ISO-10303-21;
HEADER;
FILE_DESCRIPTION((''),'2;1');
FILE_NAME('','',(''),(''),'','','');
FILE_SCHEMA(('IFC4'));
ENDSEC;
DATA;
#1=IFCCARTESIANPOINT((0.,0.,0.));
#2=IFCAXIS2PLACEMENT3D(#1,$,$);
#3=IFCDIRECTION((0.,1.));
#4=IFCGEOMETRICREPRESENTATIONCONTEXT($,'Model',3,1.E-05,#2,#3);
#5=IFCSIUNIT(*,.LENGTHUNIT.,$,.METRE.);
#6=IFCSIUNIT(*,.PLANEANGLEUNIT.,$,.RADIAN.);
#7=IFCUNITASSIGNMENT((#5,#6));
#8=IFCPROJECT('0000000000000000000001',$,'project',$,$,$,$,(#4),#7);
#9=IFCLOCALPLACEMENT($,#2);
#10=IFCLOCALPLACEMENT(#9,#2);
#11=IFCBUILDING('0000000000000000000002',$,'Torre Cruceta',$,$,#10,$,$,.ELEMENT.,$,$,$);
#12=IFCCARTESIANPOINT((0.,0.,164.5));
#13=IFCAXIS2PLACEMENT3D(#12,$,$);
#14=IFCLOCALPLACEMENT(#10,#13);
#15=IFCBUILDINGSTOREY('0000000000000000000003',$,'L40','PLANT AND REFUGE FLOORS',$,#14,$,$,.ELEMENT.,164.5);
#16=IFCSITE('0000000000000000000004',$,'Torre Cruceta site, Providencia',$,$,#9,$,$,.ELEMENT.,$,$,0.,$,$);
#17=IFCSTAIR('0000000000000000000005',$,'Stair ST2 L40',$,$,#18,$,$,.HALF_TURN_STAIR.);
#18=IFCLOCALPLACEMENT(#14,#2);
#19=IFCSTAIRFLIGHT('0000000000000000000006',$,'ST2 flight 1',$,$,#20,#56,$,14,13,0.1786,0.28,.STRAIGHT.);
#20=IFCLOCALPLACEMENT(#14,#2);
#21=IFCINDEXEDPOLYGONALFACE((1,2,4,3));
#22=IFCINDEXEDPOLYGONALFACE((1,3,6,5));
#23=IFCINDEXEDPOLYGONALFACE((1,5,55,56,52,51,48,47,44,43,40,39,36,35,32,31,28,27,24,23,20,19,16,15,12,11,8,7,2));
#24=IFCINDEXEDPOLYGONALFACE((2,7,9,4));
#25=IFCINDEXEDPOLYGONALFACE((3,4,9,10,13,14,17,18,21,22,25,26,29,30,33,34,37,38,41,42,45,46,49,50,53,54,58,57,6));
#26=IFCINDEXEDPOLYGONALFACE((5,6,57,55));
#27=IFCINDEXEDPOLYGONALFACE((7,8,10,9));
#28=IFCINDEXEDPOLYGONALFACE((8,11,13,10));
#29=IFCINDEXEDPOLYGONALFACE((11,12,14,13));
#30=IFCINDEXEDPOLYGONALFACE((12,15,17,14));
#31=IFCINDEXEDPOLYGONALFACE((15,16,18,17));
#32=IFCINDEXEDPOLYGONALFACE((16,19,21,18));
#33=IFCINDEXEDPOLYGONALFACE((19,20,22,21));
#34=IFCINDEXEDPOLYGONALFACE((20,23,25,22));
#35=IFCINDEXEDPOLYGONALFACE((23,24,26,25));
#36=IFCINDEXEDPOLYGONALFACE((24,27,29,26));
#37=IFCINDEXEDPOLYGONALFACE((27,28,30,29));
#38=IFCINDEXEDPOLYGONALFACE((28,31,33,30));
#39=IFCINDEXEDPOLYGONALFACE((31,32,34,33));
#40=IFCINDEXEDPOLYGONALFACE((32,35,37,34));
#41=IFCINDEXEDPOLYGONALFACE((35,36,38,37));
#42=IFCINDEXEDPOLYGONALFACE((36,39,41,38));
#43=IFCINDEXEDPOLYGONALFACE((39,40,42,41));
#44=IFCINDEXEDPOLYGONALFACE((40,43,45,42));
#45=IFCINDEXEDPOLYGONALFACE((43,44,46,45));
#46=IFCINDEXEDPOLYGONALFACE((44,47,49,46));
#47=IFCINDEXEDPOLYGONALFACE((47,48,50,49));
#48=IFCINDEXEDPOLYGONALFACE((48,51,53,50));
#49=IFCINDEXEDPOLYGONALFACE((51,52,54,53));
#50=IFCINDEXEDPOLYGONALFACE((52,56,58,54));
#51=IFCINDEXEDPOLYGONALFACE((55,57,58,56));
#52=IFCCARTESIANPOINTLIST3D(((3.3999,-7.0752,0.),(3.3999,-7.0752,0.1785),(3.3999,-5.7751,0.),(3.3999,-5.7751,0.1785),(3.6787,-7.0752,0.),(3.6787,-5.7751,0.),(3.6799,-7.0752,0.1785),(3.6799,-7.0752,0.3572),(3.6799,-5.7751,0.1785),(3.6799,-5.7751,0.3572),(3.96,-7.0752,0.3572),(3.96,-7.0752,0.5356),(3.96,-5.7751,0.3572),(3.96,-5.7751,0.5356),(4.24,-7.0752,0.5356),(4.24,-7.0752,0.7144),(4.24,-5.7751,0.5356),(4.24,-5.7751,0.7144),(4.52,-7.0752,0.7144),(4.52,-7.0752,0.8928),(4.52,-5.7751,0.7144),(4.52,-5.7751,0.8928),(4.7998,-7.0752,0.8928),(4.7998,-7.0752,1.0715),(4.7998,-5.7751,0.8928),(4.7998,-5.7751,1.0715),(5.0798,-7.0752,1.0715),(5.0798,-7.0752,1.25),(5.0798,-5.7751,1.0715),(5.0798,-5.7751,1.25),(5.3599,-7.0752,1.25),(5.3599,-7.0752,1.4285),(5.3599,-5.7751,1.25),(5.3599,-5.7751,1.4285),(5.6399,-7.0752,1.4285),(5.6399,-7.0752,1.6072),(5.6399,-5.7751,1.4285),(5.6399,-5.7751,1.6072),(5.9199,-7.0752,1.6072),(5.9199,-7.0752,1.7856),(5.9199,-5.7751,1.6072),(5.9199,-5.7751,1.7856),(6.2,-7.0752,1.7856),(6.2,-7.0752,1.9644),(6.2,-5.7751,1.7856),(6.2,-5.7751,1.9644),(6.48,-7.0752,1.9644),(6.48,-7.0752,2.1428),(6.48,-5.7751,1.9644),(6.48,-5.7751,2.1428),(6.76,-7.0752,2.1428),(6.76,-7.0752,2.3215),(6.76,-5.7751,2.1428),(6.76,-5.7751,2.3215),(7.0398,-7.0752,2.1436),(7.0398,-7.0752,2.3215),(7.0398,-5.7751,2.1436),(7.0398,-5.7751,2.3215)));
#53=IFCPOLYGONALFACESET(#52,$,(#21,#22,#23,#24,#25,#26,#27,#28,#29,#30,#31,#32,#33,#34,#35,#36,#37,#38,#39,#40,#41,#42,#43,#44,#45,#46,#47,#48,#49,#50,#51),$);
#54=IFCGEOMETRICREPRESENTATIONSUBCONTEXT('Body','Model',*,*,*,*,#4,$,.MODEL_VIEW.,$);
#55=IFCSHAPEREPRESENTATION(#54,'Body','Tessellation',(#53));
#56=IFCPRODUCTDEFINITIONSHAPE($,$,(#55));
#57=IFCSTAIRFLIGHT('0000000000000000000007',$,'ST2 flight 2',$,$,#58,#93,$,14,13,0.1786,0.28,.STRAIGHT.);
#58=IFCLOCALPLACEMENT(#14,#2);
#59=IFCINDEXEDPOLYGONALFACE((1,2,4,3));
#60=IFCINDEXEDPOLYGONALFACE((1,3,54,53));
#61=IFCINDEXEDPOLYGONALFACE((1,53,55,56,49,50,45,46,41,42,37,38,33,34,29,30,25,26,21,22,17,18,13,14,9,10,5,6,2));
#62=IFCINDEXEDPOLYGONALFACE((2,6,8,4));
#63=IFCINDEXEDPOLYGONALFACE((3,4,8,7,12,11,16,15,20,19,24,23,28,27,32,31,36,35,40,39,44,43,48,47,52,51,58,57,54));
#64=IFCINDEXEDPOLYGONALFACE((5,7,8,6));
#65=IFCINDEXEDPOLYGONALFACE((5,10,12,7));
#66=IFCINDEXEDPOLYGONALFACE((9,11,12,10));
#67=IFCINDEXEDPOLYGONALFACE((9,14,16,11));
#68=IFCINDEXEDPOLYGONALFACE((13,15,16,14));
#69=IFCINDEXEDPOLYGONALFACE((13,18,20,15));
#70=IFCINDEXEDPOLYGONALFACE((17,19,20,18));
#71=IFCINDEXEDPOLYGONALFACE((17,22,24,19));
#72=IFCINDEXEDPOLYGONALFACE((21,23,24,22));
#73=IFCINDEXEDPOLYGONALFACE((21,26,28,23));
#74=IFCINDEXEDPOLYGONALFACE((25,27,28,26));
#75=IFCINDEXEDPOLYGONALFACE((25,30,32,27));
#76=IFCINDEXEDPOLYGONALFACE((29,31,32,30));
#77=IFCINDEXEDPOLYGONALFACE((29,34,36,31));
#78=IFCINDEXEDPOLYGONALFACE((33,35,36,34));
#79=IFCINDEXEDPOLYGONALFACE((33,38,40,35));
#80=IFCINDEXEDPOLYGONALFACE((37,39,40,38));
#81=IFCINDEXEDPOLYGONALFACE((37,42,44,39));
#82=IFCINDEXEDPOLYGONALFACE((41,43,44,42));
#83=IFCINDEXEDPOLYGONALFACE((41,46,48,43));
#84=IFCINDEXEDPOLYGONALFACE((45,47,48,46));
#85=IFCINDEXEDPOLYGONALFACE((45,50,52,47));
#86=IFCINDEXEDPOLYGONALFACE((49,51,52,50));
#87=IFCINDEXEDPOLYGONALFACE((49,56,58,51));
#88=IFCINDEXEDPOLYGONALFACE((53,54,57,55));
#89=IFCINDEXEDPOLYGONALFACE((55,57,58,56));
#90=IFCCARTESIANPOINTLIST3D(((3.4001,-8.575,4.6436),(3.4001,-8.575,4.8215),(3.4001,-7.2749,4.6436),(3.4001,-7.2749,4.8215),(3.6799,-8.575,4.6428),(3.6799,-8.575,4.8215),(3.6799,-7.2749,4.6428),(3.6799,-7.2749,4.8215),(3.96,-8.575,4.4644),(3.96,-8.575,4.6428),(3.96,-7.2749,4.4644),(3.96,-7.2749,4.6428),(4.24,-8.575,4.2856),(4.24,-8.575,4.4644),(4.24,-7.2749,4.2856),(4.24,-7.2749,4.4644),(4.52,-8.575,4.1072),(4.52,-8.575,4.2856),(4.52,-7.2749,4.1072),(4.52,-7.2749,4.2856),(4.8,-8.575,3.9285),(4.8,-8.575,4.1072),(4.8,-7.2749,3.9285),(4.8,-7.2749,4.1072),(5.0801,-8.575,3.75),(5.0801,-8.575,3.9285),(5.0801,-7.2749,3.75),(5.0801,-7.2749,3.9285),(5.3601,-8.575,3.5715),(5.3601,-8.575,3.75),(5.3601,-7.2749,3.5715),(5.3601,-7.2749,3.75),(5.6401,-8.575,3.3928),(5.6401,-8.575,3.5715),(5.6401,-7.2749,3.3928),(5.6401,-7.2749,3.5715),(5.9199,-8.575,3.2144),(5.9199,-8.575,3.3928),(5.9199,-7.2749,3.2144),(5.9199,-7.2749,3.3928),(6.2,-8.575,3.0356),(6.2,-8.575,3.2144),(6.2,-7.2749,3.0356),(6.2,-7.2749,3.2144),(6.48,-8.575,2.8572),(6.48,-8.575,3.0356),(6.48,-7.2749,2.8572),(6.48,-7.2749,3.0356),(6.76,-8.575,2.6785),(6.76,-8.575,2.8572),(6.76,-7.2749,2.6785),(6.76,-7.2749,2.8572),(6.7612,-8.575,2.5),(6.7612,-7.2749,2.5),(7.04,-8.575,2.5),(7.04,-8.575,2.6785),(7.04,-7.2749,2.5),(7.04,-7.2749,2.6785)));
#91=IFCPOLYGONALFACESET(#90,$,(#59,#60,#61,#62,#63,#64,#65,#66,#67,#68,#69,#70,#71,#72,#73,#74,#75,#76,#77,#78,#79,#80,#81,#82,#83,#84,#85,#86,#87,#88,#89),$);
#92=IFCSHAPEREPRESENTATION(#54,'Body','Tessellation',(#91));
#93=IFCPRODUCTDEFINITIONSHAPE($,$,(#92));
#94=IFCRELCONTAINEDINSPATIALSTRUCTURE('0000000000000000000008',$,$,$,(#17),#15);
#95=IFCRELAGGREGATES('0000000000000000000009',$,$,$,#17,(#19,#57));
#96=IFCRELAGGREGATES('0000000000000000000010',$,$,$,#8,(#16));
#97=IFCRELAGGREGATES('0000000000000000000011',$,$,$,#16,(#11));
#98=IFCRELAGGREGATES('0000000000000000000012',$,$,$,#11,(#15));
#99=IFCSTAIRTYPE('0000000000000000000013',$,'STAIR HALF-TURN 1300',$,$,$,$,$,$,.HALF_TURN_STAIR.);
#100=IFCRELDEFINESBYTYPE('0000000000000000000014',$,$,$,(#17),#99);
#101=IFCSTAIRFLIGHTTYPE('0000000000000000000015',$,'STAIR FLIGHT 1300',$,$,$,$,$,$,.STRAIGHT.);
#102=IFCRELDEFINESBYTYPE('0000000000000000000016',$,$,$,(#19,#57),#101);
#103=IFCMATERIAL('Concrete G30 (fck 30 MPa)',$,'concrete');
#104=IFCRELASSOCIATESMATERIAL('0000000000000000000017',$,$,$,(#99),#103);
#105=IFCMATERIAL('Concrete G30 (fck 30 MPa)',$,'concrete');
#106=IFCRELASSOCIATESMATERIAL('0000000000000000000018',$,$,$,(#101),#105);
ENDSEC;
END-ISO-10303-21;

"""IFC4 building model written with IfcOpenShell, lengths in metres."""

from ifc_helpers import new_model, si_unit, direction, frame, origin, place, context, subcontext, project, spatial, polyline, outline, extrude, material, type_object, element, aggregate, save


model = new_model("IFC4")

# Units and contexts
model_context = context("Model", 3, precision=1e-05, world=origin(), true_north=direction((0.0, 1.0)))
body_context = subcontext(model_context, "Body", "Model", "MODEL_VIEW")
ifc_project = project(units=[si_unit("LENGTHUNIT", "METRE"), si_unit("PLANEANGLEUNIT", "RADIAN")], contexts=[model_context])

# Site, building, storey
site_placement = place(None, origin())
site = spatial("IfcSite", under=ifc_project, at=site_placement, Name="Torre Cruceta site, Providencia", CompositionType="ELEMENT", RefElevation=0.0)
building_placement = place(site_placement, origin())
building = spatial("IfcBuilding", under=site, at=building_placement, Name="Torre Cruceta", CompositionType="ELEMENT")
storey_placement = place(building_placement, frame((0.0, 0.0, 164.5)))
storey = spatial("IfcBuildingStorey", under=building, at=storey_placement, Name="L40", Description="PLANT AND REFUGE FLOORS", CompositionType="ELEMENT", Elevation=164.5)

# Stair, stair flights
ifc_material_1 = material(Name="Concrete G30 (fck 30 MPa)", Category="concrete")
stair_type = type_object("IfcStairType", Name="STAIR HALF-TURN 1300", PredefinedType="HALF_TURN_STAIR", material=ifc_material_1)
stair_placement = place(storey_placement, origin())
stair = element("IfcStair", 1, at=stair_placement, inside=storey, type_object=stair_type, Name="Stair ST2 L40", PredefinedType="HALF_TURN_STAIR")
ifc_material_2 = material(Name="Concrete G30 (fck 30 MPa)", Category="concrete")
stair_flight_type = type_object("IfcStairFlightType", Name="STAIR FLIGHT 1300", PredefinedType="STRAIGHT", material=ifc_material_2)
stair_flight_1_placement = place(storey_placement, frame((3.3999, -6.425, 0.0), z_axis=(0.0, 0.0, 1.0), x_axis=(1.0, 0.0, 0.0)))
stair_flight_1 = element("IfcStairFlight", 2, at=stair_flight_1_placement, type_object=stair_flight_type, Name="ST2 flight 1", NumberOfRisers=14, NumberOfTreads=13, PredefinedType="STRAIGHT", RiserHeight=0.1786, TreadLength=0.28, context=body_context, shape_type="SweptSolid", body=[
    extrude(outline(polyline([(0.0, 0.0), (0.0, 0.1785), (0.28, 0.1785), (0.28, 0.3572), (0.5601, 0.3572), (0.5601, 0.5356), (0.8401, 0.5356), (0.8401, 0.7144), (1.1201, 0.7144), (1.1201, 0.8928), (1.3999, 0.8928), (1.3999, 1.0715), (1.6799, 1.0715), (1.6799, 1.25), (1.96, 1.25), (1.96, 1.4285), (2.24, 1.4285), (2.24, 1.6072), (2.52, 1.6072), (2.52, 1.7856), (2.8, 1.7856), (2.8, 1.9644), (3.0801, 1.9644), (3.0801, 2.1428), (3.3601, 2.1428), (3.3601, 2.3215), (3.6399, 2.3215), (3.6399, 2.5), (3.6399, 2.1436), (0.2788, 0.0), (0.0, 0.0)])), frame((0.0, 0.6499, 0.0), z_axis=(0.0, -1.0, 0.0), x_axis=(1.0, 0.0, 0.0)), (0.0, 0.0, 1.0), 1.3),
])
stair_flight_2_placement = place(storey_placement, frame((7.04, -7.925, 2.5), z_axis=(0.0, 0.0, 1.0), x_axis=(-1.0, 0.0, 0.0)))
stair_flight_2 = element("IfcStairFlight", 3, at=stair_flight_2_placement, type_object=stair_flight_type, Name="ST2 flight 2", NumberOfRisers=14, NumberOfTreads=13, PredefinedType="STRAIGHT", RiserHeight=0.1786, TreadLength=0.28, context=body_context, shape_type="SweptSolid", body=[
    extrude(outline(polyline([(0.0, 0.0), (0.0, 0.1785), (0.28, 0.1785), (0.28, 0.3572), (0.5601, 0.3572), (0.5601, 0.5356), (0.8401, 0.5356), (0.8401, 0.7144), (1.1201, 0.7144), (1.1201, 0.8928), (1.3999, 0.8928), (1.3999, 1.0715), (1.6799, 1.0715), (1.6799, 1.25), (1.96, 1.25), (1.96, 1.4285), (2.24, 1.4285), (2.24, 1.6072), (2.52, 1.6072), (2.52, 1.7856), (2.8, 1.7856), (2.8, 1.9644), (3.0801, 1.9644), (3.0801, 2.1428), (3.3601, 2.1428), (3.3601, 2.3215), (3.6399, 2.3215), (3.6399, 2.5), (3.6399, 2.1436), (0.2788, 0.0), (0.0, 0.0)])), frame((0.0, 0.6499, 0.0), z_axis=(0.0, -1.0, 0.0), x_axis=(1.0, 0.0, 0.0)), (0.0, 0.0, 1.0), 1.3),
])
aggregate(stair, [stair_flight_1, stair_flight_2])

save(model, "model.ifc")
